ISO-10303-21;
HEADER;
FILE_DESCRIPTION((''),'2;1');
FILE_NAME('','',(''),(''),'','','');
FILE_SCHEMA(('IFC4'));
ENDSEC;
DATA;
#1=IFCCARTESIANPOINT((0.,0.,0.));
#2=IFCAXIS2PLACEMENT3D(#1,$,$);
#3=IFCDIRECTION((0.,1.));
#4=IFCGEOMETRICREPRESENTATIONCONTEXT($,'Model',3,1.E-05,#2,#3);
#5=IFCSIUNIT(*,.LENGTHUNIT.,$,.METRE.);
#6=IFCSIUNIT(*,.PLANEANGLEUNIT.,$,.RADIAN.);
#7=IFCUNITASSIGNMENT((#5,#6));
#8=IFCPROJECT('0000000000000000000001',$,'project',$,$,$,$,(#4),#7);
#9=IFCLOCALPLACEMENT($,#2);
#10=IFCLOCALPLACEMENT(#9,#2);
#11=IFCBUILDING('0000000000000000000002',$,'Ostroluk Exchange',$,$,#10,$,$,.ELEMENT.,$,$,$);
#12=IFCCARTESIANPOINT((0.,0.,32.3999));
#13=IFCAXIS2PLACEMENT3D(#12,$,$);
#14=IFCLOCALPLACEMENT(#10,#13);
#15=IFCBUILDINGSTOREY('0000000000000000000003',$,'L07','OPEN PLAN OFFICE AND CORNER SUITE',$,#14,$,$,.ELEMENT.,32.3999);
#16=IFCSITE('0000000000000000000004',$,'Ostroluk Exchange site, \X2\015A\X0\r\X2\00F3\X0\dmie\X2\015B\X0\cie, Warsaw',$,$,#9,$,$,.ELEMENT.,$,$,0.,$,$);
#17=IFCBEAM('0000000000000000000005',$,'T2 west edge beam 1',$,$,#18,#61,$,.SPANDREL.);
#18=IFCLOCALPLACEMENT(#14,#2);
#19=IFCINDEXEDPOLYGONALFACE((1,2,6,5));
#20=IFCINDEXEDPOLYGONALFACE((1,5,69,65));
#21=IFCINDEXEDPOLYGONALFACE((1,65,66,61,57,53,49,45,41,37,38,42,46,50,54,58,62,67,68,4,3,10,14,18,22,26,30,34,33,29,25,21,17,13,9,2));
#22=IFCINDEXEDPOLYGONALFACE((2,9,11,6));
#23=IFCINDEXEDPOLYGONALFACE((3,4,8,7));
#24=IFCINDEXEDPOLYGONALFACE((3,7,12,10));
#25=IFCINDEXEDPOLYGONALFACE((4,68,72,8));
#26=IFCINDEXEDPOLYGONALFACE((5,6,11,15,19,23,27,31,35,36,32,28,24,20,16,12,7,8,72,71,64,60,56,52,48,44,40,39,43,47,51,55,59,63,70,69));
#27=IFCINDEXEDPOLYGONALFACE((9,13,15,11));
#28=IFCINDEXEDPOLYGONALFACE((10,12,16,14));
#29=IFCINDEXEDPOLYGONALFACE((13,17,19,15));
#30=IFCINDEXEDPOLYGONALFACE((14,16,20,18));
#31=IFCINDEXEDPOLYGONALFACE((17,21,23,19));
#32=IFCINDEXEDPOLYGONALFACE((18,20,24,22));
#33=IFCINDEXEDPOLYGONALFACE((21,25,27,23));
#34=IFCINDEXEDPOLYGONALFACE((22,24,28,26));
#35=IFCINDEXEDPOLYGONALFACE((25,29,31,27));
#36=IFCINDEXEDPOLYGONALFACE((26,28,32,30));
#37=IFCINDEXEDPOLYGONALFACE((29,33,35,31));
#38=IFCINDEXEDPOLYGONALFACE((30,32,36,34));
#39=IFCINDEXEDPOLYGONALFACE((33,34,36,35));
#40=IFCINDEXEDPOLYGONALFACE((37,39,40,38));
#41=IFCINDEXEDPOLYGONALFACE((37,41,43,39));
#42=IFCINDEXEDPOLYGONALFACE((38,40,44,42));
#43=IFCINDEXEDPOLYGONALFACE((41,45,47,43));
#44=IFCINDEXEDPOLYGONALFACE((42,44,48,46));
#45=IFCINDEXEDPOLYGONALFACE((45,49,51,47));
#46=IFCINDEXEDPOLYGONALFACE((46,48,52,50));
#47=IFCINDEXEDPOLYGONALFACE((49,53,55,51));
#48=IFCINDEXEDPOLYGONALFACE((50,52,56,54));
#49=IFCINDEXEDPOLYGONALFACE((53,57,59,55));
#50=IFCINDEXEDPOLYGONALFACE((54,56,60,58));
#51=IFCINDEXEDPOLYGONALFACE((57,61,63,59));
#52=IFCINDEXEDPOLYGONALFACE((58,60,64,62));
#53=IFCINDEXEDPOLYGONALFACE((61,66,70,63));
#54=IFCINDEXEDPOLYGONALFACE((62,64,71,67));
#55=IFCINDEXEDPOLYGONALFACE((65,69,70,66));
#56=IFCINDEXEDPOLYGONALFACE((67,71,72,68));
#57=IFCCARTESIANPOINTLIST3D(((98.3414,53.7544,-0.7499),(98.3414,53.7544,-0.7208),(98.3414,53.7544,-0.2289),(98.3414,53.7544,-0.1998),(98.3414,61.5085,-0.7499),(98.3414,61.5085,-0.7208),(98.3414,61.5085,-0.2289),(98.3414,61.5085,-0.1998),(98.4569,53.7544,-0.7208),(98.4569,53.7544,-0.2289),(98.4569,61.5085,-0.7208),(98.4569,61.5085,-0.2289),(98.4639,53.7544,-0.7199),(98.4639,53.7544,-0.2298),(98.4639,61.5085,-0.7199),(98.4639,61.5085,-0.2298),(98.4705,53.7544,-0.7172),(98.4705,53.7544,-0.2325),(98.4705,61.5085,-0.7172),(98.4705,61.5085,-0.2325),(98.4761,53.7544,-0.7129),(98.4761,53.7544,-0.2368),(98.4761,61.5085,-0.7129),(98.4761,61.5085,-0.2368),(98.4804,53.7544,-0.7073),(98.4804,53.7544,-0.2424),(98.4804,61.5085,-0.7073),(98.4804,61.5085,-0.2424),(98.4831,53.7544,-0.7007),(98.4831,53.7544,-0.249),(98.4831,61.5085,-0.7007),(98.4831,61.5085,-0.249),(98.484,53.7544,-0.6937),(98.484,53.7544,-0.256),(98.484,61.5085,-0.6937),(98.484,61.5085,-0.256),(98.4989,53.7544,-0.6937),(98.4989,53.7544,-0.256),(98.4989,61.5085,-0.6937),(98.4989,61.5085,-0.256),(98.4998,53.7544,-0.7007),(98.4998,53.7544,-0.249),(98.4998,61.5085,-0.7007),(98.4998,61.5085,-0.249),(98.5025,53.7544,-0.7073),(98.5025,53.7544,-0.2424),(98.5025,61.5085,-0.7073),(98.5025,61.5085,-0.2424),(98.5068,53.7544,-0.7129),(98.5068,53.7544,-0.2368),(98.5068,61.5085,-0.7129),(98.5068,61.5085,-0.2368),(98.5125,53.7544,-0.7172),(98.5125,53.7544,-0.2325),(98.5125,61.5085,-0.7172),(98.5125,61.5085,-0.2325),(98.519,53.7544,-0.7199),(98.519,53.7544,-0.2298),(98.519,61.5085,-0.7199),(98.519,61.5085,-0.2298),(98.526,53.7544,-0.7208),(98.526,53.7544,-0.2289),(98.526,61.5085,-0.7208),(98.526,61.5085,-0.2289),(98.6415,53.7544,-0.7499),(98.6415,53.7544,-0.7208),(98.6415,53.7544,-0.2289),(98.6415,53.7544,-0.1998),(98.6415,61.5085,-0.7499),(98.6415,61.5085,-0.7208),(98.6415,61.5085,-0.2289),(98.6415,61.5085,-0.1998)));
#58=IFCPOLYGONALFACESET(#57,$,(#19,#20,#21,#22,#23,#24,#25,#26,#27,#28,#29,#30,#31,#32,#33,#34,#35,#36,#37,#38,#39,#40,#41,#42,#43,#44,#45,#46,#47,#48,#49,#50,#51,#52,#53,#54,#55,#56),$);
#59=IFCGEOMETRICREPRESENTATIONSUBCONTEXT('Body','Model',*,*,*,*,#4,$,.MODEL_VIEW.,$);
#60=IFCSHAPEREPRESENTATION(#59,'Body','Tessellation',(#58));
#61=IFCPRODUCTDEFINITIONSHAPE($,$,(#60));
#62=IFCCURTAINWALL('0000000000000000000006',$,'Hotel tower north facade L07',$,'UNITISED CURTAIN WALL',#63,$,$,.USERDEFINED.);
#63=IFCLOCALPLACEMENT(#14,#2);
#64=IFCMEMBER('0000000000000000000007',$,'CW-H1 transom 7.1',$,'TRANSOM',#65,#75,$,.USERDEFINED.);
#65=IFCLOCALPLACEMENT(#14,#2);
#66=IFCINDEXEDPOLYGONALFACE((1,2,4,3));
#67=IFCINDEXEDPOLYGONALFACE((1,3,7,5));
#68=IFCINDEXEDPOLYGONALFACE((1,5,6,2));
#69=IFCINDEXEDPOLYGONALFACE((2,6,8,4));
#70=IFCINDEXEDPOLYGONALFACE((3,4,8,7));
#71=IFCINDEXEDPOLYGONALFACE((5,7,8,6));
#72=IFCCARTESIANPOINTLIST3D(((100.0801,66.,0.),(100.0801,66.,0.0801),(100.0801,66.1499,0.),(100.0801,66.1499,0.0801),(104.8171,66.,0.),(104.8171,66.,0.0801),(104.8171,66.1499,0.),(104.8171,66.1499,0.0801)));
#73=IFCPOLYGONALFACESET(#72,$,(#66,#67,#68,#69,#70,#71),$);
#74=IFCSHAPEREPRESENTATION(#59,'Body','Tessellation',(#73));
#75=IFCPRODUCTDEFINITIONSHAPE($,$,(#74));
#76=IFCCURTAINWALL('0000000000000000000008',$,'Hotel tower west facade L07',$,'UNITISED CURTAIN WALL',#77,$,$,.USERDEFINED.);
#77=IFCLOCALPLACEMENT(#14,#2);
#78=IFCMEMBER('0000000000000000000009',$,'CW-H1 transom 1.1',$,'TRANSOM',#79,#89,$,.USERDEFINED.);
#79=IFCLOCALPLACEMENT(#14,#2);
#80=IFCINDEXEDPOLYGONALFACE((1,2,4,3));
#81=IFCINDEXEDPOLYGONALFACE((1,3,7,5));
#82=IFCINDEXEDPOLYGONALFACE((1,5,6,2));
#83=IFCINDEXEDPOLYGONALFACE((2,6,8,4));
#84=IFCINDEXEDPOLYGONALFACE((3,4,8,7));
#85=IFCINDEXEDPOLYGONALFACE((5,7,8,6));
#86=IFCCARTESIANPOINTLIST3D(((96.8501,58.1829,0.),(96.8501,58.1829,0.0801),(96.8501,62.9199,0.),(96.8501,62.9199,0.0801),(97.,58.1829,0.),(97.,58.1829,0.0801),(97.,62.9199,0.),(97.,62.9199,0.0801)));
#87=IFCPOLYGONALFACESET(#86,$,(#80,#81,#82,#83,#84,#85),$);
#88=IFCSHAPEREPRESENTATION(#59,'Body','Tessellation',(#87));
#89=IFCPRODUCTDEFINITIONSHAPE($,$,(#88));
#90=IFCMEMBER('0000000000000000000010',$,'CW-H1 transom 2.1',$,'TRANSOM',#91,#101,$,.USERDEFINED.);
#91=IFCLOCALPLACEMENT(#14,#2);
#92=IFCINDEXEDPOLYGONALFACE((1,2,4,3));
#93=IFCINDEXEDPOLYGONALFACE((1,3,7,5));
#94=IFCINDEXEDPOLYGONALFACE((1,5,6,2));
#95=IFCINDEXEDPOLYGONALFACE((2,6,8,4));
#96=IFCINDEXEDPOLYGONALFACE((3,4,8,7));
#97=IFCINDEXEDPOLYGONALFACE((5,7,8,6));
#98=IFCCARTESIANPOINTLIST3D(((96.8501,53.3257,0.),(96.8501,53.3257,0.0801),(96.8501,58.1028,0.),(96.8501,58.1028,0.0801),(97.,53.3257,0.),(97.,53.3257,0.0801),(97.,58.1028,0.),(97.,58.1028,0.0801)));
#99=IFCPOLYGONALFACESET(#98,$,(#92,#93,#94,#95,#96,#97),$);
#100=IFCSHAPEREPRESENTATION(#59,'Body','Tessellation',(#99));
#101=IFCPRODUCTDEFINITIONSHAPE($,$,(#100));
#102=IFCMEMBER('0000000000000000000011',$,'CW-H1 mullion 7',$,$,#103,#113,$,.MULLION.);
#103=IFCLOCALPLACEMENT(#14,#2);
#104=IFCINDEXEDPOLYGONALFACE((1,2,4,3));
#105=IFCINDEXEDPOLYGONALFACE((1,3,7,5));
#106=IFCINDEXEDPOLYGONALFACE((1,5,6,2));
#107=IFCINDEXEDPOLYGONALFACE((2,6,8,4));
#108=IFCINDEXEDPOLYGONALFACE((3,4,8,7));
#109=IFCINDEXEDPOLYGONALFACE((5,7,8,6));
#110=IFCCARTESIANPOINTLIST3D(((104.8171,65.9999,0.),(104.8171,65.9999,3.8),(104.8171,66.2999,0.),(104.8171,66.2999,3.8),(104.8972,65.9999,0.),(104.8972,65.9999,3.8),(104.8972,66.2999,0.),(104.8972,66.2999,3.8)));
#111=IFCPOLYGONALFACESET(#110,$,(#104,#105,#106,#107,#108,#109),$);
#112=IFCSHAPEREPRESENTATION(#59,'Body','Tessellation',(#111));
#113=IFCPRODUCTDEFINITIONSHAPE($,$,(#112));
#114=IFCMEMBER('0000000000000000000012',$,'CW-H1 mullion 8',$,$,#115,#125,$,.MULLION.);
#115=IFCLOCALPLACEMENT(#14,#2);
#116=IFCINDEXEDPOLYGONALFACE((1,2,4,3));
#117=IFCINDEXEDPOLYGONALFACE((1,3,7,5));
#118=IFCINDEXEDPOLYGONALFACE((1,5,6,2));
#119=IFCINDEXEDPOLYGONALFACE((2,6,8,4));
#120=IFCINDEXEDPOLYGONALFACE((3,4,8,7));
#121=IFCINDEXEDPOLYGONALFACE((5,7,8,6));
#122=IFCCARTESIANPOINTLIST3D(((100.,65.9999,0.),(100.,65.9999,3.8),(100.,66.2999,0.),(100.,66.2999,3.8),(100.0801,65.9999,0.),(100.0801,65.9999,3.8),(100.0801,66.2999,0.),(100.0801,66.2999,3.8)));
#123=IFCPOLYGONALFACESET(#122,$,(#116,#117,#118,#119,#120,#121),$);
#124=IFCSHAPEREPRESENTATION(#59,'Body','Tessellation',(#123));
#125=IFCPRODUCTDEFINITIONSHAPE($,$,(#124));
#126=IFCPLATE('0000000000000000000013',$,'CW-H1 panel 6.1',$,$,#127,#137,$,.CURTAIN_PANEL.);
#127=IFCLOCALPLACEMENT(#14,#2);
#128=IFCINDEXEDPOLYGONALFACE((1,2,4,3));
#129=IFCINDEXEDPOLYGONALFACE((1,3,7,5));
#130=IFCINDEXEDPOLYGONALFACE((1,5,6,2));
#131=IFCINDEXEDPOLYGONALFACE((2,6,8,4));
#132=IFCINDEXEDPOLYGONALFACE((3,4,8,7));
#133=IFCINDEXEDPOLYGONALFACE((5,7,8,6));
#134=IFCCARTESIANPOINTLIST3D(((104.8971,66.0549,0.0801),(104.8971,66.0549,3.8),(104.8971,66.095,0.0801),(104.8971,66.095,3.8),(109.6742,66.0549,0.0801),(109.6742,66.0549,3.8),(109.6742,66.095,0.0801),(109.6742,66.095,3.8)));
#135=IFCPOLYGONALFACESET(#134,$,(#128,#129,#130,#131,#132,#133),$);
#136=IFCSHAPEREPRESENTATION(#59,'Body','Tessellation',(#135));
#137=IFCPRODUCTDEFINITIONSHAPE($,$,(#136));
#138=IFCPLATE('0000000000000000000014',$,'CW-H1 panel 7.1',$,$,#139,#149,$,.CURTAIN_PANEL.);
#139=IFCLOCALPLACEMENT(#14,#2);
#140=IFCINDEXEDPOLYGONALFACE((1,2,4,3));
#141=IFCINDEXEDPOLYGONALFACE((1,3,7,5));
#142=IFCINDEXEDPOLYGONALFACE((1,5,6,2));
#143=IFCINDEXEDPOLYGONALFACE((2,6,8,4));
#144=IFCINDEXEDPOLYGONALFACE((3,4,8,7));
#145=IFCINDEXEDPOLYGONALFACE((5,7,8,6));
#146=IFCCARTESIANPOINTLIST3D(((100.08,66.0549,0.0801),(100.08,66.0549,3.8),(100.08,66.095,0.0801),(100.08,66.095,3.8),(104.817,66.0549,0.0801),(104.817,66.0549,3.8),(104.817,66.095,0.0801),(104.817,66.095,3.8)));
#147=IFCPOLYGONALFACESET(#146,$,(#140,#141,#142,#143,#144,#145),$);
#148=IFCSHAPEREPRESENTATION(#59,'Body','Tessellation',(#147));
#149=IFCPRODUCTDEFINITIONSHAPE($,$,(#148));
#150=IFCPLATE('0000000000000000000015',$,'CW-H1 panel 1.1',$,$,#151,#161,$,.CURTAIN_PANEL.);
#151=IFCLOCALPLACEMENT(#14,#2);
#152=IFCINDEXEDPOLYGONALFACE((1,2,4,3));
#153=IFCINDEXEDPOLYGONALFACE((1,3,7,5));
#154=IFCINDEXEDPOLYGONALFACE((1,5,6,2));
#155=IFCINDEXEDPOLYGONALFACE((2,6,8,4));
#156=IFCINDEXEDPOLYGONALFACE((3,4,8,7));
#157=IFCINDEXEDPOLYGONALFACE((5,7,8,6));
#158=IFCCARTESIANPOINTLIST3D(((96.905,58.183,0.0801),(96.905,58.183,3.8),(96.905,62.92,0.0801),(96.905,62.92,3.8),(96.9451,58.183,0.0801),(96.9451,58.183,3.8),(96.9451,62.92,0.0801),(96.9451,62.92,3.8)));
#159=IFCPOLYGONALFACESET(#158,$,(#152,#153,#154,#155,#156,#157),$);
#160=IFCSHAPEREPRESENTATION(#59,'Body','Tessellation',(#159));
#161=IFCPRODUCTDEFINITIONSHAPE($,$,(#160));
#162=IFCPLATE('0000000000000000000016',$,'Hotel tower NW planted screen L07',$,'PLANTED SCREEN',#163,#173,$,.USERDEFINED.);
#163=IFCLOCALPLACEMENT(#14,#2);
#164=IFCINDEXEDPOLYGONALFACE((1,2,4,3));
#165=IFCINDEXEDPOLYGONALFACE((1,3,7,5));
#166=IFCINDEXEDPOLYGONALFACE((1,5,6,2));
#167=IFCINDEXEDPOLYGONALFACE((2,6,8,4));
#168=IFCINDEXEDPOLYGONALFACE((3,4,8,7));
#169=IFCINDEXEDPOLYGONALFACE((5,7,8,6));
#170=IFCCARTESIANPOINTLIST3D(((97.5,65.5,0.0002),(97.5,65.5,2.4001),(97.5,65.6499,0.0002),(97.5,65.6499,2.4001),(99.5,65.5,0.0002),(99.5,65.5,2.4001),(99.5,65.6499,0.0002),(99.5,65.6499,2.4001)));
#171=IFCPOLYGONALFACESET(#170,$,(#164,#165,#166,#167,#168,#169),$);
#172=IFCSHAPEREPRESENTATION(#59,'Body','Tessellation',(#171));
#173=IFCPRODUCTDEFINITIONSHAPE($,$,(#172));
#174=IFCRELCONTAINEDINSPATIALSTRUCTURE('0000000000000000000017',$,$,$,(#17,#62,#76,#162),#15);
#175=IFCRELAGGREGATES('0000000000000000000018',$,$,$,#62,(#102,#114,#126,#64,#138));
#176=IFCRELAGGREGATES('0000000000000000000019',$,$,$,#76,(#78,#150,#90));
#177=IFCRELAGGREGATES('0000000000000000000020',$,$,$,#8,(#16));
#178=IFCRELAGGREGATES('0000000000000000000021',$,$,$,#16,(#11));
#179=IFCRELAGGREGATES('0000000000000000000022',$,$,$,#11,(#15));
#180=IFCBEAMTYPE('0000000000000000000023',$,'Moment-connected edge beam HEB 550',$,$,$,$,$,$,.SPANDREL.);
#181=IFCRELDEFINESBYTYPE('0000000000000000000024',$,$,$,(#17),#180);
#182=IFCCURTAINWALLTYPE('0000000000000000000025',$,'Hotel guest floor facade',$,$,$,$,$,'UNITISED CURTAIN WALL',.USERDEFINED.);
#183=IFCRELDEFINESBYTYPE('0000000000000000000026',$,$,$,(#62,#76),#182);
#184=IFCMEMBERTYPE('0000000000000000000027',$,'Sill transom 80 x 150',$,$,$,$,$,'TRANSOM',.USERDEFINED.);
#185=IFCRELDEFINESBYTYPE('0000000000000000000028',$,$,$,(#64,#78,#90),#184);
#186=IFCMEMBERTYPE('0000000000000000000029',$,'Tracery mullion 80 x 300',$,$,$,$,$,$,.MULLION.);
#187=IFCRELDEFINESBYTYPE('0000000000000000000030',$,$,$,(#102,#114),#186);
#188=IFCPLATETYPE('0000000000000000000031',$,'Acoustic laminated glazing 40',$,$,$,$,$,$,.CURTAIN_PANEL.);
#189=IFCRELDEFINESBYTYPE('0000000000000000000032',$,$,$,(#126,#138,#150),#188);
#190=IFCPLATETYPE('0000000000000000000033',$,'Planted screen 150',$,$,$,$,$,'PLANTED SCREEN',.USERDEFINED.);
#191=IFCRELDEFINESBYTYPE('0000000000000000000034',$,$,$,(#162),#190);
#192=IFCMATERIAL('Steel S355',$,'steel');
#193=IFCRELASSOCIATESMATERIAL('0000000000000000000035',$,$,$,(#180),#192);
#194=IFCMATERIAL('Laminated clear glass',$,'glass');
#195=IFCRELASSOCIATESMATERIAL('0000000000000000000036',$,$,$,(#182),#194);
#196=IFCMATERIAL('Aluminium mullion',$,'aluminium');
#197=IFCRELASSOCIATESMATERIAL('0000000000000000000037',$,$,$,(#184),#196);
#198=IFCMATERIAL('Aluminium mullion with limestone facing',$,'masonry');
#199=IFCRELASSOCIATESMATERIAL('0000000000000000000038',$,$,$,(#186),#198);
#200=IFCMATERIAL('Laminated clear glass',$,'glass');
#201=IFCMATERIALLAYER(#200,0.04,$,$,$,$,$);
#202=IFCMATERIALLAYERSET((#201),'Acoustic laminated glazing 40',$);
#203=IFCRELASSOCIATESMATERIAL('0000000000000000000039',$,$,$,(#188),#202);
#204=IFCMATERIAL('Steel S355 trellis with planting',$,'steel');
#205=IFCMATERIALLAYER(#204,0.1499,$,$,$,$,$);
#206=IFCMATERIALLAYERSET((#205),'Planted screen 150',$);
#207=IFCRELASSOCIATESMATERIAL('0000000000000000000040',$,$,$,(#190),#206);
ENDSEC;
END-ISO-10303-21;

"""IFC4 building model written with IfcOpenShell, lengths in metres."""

from ifc_helpers import new_model, si_unit, direction, frame, origin, origin_2d, place, context, subcontext, project, spatial, rectangle, i_section, extrude, material, layer, layer_set, material_profile, profile_set, type_object, element, aggregate, save


model = new_model("IFC4")

# Units and contexts
model_context = context("Model", 3, precision=1e-05, world=origin(), true_north=direction((0.0, 1.0)))
body_context = subcontext(model_context, "Body", "Model", "MODEL_VIEW")
ifc_project = project(units=[si_unit("LENGTHUNIT", "METRE"), si_unit("PLANEANGLEUNIT", "RADIAN")], contexts=[model_context])

# Site, building, storey
site_placement = place(None, origin())
site = spatial("IfcSite", under=ifc_project, at=site_placement, Name="Ostroluk Exchange site, Śródmieście, Warsaw", CompositionType="ELEMENT", RefElevation=0.0)
building_placement = place(site_placement, origin())
building = spatial("IfcBuilding", under=site, at=building_placement, Name="Ostroluk Exchange", CompositionType="ELEMENT")
storey_placement = place(building_placement, frame((0.0, 0.0, 32.3999)))
storey = spatial("IfcBuildingStorey", under=building, at=storey_placement, Name="L07", Description="OPEN PLAN OFFICE AND CORNER SUITE", CompositionType="ELEMENT", Elevation=32.3999)

# Beam
ifc_material_1 = material(Name="Steel S355", Category="steel")
ifc_material_profile_1 = material_profile(ifc_material_1, i_section(OverallWidth=0.3, OverallDepth=0.55, WebThickness=0.0149, FlangeThickness=0.0291, FilletRadius=0.0271, at=origin_2d()), Name="HEB 550")
ifc_profile_set_1 = profile_set([ifc_material_profile_1], Name="Steel S355")
beam_type_1 = type_object("IfcBeamType", Name="Moment-connected edge beam HEB 550", PredefinedType="SPANDREL", material=ifc_profile_set_1)
for number, where, z_axis, x_axis, name in (
    (1, (98.4915, 61.5085, -0.4749), (0.0, -1.0, 0.0), (1.0, 0.0, 0.0), "T2 west edge beam 1"),
):
    element("IfcBeam", number, at=place(storey_placement, frame(where, z_axis=z_axis, x_axis=x_axis)), inside=storey, type_object=beam_type_1, Name=name, PredefinedType="SPANDREL", context=body_context, shape_type="SweptSolid", body=[
        extrude(i_section(OverallWidth=0.3, OverallDepth=0.55, WebThickness=0.0149, FlangeThickness=0.0291, FilletRadius=0.0271, at=origin_2d()), origin(), (0.0, 0.0, 1.0), 7.7542),
    ])

# Curtain wall, member
ifc_material_2 = material(Name="Laminated clear glass", Category="glass")
curtain_wall_type = type_object("IfcCurtainWallType", Name="Hotel guest floor facade", ElementType="UNITISED CURTAIN WALL", PredefinedType="USERDEFINED", material=ifc_material_2)
curtain_wall_1_placement = place(storey_placement, origin())
curtain_wall_1 = element("IfcCurtainWall", 2, at=curtain_wall_1_placement, inside=storey, type_object=curtain_wall_type, Name="Hotel tower north facade L07", ObjectType="UNITISED CURTAIN WALL", PredefinedType="USERDEFINED")
ifc_material_3 = material(Name="Aluminium mullion", Category="aluminium")
ifc_material_profile_2 = material_profile(ifc_material_3, rectangle(XDim=0.1499, YDim=0.0801, at=origin_2d()), Name="Sill transom 80 x 150")
ifc_profile_set_2 = profile_set([ifc_material_profile_2], Name="Aluminium mullion")
member_type_1 = type_object("IfcMemberType", Name="Sill transom 80 x 150", ElementType="TRANSOM", PredefinedType="USERDEFINED", material=ifc_profile_set_2)
member_1_placement = place(storey_placement, frame((104.8171, 66.075, 0.04), z_axis=(-1.0, 0.0, 0.0), x_axis=(0.0, -1.0, 0.0)))
member_1 = element("IfcMember", 3, at=member_1_placement, type_object=member_type_1, Name="CW-H1 transom 7.1", ObjectType="TRANSOM", PredefinedType="USERDEFINED", context=body_context, shape_type="SweptSolid", body=[
    extrude(rectangle(XDim=0.1499, YDim=0.0801, at=origin_2d()), origin(), (0.0, 0.0, 1.0), 4.7371),
])

# Curtain wall, members
curtain_wall_2_placement = place(storey_placement, origin())
curtain_wall_2 = element("IfcCurtainWall", 4, at=curtain_wall_2_placement, inside=storey, type_object=curtain_wall_type, Name="Hotel tower west facade L07", ObjectType="UNITISED CURTAIN WALL", PredefinedType="USERDEFINED")
member_2_placement = place(storey_placement, frame((96.925, 62.9199, 0.04), z_axis=(0.0, -1.0, 0.0), x_axis=(1.0, 0.0, 0.0)))
member_2 = element("IfcMember", 5, at=member_2_placement, type_object=member_type_1, Name="CW-H1 transom 1.1", ObjectType="TRANSOM", PredefinedType="USERDEFINED", context=body_context, shape_type="SweptSolid", body=[
    extrude(rectangle(XDim=0.1499, YDim=0.0801, at=origin_2d()), origin(), (0.0, 0.0, 1.0), 4.7371),
])
member_3_placement = place(storey_placement, frame((96.925, 58.1028, 0.04), z_axis=(0.0, -1.0, 0.0), x_axis=(1.0, 0.0, 0.0)))
member_3 = element("IfcMember", 6, at=member_3_placement, type_object=member_type_1, Name="CW-H1 transom 2.1", ObjectType="TRANSOM", PredefinedType="USERDEFINED", context=body_context, shape_type="SweptSolid", body=[
    extrude(rectangle(XDim=0.1499, YDim=0.0801, at=origin_2d()), origin(), (0.0, 0.0, 1.0), 4.7771),
])

# Members
ifc_material_4 = material(Name="Aluminium mullion with limestone facing", Category="masonry")
ifc_material_profile_3 = material_profile(ifc_material_4, rectangle(XDim=0.3, YDim=0.0801, at=origin_2d()), Name="Tracery mullion 80 x 300")
ifc_profile_set_3 = profile_set([ifc_material_profile_3], Name="Aluminium mullion with limestone facing")
member_type_2 = type_object("IfcMemberType", Name="Tracery mullion 80 x 300", PredefinedType="MULLION", material=ifc_profile_set_3)
member_4_placement = place(storey_placement, frame((104.8572, 66.1499, 0.0), z_axis=(0.0, 0.0, 1.0), x_axis=(0.0, -1.0, 0.0)))
member_4 = element("IfcMember", 7, at=member_4_placement, type_object=member_type_2, Name="CW-H1 mullion 7", PredefinedType="MULLION", context=body_context, shape_type="SweptSolid", body=[
    extrude(rectangle(XDim=0.3, YDim=0.0801, at=origin_2d()), origin(), (0.0, 0.0, 1.0), 3.8),
])
member_5_placement = place(storey_placement, frame((100.04, 66.1499, 0.0), z_axis=(0.0, 0.0, 1.0), x_axis=(0.0, -1.0, 0.0)))
member_5 = element("IfcMember", 8, at=member_5_placement, type_object=member_type_2, Name="CW-H1 mullion 8", PredefinedType="MULLION", context=body_context, shape_type="SweptSolid", body=[
    extrude(rectangle(XDim=0.3, YDim=0.0801, at=origin_2d()), origin(), (0.0, 0.0, 1.0), 3.8),
])

# Plates
ifc_material_5 = material(Name="Laminated clear glass", Category="glass")
ifc_layer_1 = layer(ifc_material_5, 0.04)
ifc_layer_set_1 = layer_set([ifc_layer_1], Name="Acoustic laminated glazing 40")
plate_type_1 = type_object("IfcPlateType", Name="Acoustic laminated glazing 40", PredefinedType="CURTAIN_PANEL", material=ifc_layer_set_1)
plate_1_placement = place(storey_placement, frame((107.2856, 66.075, 0.0801), z_axis=(0.0, 0.0, 1.0), x_axis=(-1.0, 0.0, 0.0)))
plate_1 = element("IfcPlate", 9, at=plate_1_placement, type_object=plate_type_1, Name="CW-H1 panel 6.1", PredefinedType="CURTAIN_PANEL", context=body_context, shape_type="SweptSolid", body=[
    extrude(rectangle(XDim=4.7771, YDim=0.04, at=origin_2d()), origin(), (0.0, 0.0, 1.0), 3.72),
])
plate_2_placement = place(storey_placement, frame((102.4485, 66.075, 0.0801), z_axis=(0.0, 0.0, 1.0), x_axis=(-1.0, 0.0, 0.0)))
plate_2 = element("IfcPlate", 10, at=plate_2_placement, type_object=plate_type_1, Name="CW-H1 panel 7.1", PredefinedType="CURTAIN_PANEL", context=body_context, shape_type="SweptSolid", body=[
    extrude(rectangle(XDim=4.7371, YDim=0.04, at=origin_2d()), origin(), (0.0, 0.0, 1.0), 3.72),
])
aggregate(curtain_wall_1, [member_4, member_5, plate_1, member_1, plate_2])
plate_3_placement = place(storey_placement, frame((96.925, 60.5515, 0.0801), z_axis=(0.0, 0.0, 1.0), x_axis=(0.0, -1.0, 0.0)))
plate_3 = element("IfcPlate", 11, at=plate_3_placement, type_object=plate_type_1, Name="CW-H1 panel 1.1", PredefinedType="CURTAIN_PANEL", context=body_context, shape_type="SweptSolid", body=[
    extrude(rectangle(XDim=4.7371, YDim=0.04, at=origin_2d()), origin(), (0.0, 0.0, 1.0), 3.72),
])
aggregate(curtain_wall_2, [member_2, plate_3, member_3])
ifc_material_6 = material(Name="Steel S355 trellis with planting", Category="steel")
ifc_layer_2 = layer(ifc_material_6, 0.1499)
ifc_layer_set_2 = layer_set([ifc_layer_2], Name="Planted screen 150")
plate_type_2 = type_object("IfcPlateType", Name="Planted screen 150", ElementType="PLANTED SCREEN", PredefinedType="USERDEFINED", material=ifc_layer_set_2)
plate_4_placement = place(storey_placement, frame((98.5, 65.575, 0.0002), z_axis=(0.0, 0.0, 1.0), x_axis=(1.0, 0.0, 0.0)))
element("IfcPlate", 12, at=plate_4_placement, inside=storey, type_object=plate_type_2, Name="Hotel tower NW planted screen L07", ObjectType="PLANTED SCREEN", PredefinedType="USERDEFINED", context=body_context, shape_type="SweptSolid", body=[
    extrude(rectangle(XDim=2.0, YDim=0.1499, at=origin_2d()), origin(), (0.0, 0.0, 1.0), 2.3999),
])

save(model, "model.ifc")
